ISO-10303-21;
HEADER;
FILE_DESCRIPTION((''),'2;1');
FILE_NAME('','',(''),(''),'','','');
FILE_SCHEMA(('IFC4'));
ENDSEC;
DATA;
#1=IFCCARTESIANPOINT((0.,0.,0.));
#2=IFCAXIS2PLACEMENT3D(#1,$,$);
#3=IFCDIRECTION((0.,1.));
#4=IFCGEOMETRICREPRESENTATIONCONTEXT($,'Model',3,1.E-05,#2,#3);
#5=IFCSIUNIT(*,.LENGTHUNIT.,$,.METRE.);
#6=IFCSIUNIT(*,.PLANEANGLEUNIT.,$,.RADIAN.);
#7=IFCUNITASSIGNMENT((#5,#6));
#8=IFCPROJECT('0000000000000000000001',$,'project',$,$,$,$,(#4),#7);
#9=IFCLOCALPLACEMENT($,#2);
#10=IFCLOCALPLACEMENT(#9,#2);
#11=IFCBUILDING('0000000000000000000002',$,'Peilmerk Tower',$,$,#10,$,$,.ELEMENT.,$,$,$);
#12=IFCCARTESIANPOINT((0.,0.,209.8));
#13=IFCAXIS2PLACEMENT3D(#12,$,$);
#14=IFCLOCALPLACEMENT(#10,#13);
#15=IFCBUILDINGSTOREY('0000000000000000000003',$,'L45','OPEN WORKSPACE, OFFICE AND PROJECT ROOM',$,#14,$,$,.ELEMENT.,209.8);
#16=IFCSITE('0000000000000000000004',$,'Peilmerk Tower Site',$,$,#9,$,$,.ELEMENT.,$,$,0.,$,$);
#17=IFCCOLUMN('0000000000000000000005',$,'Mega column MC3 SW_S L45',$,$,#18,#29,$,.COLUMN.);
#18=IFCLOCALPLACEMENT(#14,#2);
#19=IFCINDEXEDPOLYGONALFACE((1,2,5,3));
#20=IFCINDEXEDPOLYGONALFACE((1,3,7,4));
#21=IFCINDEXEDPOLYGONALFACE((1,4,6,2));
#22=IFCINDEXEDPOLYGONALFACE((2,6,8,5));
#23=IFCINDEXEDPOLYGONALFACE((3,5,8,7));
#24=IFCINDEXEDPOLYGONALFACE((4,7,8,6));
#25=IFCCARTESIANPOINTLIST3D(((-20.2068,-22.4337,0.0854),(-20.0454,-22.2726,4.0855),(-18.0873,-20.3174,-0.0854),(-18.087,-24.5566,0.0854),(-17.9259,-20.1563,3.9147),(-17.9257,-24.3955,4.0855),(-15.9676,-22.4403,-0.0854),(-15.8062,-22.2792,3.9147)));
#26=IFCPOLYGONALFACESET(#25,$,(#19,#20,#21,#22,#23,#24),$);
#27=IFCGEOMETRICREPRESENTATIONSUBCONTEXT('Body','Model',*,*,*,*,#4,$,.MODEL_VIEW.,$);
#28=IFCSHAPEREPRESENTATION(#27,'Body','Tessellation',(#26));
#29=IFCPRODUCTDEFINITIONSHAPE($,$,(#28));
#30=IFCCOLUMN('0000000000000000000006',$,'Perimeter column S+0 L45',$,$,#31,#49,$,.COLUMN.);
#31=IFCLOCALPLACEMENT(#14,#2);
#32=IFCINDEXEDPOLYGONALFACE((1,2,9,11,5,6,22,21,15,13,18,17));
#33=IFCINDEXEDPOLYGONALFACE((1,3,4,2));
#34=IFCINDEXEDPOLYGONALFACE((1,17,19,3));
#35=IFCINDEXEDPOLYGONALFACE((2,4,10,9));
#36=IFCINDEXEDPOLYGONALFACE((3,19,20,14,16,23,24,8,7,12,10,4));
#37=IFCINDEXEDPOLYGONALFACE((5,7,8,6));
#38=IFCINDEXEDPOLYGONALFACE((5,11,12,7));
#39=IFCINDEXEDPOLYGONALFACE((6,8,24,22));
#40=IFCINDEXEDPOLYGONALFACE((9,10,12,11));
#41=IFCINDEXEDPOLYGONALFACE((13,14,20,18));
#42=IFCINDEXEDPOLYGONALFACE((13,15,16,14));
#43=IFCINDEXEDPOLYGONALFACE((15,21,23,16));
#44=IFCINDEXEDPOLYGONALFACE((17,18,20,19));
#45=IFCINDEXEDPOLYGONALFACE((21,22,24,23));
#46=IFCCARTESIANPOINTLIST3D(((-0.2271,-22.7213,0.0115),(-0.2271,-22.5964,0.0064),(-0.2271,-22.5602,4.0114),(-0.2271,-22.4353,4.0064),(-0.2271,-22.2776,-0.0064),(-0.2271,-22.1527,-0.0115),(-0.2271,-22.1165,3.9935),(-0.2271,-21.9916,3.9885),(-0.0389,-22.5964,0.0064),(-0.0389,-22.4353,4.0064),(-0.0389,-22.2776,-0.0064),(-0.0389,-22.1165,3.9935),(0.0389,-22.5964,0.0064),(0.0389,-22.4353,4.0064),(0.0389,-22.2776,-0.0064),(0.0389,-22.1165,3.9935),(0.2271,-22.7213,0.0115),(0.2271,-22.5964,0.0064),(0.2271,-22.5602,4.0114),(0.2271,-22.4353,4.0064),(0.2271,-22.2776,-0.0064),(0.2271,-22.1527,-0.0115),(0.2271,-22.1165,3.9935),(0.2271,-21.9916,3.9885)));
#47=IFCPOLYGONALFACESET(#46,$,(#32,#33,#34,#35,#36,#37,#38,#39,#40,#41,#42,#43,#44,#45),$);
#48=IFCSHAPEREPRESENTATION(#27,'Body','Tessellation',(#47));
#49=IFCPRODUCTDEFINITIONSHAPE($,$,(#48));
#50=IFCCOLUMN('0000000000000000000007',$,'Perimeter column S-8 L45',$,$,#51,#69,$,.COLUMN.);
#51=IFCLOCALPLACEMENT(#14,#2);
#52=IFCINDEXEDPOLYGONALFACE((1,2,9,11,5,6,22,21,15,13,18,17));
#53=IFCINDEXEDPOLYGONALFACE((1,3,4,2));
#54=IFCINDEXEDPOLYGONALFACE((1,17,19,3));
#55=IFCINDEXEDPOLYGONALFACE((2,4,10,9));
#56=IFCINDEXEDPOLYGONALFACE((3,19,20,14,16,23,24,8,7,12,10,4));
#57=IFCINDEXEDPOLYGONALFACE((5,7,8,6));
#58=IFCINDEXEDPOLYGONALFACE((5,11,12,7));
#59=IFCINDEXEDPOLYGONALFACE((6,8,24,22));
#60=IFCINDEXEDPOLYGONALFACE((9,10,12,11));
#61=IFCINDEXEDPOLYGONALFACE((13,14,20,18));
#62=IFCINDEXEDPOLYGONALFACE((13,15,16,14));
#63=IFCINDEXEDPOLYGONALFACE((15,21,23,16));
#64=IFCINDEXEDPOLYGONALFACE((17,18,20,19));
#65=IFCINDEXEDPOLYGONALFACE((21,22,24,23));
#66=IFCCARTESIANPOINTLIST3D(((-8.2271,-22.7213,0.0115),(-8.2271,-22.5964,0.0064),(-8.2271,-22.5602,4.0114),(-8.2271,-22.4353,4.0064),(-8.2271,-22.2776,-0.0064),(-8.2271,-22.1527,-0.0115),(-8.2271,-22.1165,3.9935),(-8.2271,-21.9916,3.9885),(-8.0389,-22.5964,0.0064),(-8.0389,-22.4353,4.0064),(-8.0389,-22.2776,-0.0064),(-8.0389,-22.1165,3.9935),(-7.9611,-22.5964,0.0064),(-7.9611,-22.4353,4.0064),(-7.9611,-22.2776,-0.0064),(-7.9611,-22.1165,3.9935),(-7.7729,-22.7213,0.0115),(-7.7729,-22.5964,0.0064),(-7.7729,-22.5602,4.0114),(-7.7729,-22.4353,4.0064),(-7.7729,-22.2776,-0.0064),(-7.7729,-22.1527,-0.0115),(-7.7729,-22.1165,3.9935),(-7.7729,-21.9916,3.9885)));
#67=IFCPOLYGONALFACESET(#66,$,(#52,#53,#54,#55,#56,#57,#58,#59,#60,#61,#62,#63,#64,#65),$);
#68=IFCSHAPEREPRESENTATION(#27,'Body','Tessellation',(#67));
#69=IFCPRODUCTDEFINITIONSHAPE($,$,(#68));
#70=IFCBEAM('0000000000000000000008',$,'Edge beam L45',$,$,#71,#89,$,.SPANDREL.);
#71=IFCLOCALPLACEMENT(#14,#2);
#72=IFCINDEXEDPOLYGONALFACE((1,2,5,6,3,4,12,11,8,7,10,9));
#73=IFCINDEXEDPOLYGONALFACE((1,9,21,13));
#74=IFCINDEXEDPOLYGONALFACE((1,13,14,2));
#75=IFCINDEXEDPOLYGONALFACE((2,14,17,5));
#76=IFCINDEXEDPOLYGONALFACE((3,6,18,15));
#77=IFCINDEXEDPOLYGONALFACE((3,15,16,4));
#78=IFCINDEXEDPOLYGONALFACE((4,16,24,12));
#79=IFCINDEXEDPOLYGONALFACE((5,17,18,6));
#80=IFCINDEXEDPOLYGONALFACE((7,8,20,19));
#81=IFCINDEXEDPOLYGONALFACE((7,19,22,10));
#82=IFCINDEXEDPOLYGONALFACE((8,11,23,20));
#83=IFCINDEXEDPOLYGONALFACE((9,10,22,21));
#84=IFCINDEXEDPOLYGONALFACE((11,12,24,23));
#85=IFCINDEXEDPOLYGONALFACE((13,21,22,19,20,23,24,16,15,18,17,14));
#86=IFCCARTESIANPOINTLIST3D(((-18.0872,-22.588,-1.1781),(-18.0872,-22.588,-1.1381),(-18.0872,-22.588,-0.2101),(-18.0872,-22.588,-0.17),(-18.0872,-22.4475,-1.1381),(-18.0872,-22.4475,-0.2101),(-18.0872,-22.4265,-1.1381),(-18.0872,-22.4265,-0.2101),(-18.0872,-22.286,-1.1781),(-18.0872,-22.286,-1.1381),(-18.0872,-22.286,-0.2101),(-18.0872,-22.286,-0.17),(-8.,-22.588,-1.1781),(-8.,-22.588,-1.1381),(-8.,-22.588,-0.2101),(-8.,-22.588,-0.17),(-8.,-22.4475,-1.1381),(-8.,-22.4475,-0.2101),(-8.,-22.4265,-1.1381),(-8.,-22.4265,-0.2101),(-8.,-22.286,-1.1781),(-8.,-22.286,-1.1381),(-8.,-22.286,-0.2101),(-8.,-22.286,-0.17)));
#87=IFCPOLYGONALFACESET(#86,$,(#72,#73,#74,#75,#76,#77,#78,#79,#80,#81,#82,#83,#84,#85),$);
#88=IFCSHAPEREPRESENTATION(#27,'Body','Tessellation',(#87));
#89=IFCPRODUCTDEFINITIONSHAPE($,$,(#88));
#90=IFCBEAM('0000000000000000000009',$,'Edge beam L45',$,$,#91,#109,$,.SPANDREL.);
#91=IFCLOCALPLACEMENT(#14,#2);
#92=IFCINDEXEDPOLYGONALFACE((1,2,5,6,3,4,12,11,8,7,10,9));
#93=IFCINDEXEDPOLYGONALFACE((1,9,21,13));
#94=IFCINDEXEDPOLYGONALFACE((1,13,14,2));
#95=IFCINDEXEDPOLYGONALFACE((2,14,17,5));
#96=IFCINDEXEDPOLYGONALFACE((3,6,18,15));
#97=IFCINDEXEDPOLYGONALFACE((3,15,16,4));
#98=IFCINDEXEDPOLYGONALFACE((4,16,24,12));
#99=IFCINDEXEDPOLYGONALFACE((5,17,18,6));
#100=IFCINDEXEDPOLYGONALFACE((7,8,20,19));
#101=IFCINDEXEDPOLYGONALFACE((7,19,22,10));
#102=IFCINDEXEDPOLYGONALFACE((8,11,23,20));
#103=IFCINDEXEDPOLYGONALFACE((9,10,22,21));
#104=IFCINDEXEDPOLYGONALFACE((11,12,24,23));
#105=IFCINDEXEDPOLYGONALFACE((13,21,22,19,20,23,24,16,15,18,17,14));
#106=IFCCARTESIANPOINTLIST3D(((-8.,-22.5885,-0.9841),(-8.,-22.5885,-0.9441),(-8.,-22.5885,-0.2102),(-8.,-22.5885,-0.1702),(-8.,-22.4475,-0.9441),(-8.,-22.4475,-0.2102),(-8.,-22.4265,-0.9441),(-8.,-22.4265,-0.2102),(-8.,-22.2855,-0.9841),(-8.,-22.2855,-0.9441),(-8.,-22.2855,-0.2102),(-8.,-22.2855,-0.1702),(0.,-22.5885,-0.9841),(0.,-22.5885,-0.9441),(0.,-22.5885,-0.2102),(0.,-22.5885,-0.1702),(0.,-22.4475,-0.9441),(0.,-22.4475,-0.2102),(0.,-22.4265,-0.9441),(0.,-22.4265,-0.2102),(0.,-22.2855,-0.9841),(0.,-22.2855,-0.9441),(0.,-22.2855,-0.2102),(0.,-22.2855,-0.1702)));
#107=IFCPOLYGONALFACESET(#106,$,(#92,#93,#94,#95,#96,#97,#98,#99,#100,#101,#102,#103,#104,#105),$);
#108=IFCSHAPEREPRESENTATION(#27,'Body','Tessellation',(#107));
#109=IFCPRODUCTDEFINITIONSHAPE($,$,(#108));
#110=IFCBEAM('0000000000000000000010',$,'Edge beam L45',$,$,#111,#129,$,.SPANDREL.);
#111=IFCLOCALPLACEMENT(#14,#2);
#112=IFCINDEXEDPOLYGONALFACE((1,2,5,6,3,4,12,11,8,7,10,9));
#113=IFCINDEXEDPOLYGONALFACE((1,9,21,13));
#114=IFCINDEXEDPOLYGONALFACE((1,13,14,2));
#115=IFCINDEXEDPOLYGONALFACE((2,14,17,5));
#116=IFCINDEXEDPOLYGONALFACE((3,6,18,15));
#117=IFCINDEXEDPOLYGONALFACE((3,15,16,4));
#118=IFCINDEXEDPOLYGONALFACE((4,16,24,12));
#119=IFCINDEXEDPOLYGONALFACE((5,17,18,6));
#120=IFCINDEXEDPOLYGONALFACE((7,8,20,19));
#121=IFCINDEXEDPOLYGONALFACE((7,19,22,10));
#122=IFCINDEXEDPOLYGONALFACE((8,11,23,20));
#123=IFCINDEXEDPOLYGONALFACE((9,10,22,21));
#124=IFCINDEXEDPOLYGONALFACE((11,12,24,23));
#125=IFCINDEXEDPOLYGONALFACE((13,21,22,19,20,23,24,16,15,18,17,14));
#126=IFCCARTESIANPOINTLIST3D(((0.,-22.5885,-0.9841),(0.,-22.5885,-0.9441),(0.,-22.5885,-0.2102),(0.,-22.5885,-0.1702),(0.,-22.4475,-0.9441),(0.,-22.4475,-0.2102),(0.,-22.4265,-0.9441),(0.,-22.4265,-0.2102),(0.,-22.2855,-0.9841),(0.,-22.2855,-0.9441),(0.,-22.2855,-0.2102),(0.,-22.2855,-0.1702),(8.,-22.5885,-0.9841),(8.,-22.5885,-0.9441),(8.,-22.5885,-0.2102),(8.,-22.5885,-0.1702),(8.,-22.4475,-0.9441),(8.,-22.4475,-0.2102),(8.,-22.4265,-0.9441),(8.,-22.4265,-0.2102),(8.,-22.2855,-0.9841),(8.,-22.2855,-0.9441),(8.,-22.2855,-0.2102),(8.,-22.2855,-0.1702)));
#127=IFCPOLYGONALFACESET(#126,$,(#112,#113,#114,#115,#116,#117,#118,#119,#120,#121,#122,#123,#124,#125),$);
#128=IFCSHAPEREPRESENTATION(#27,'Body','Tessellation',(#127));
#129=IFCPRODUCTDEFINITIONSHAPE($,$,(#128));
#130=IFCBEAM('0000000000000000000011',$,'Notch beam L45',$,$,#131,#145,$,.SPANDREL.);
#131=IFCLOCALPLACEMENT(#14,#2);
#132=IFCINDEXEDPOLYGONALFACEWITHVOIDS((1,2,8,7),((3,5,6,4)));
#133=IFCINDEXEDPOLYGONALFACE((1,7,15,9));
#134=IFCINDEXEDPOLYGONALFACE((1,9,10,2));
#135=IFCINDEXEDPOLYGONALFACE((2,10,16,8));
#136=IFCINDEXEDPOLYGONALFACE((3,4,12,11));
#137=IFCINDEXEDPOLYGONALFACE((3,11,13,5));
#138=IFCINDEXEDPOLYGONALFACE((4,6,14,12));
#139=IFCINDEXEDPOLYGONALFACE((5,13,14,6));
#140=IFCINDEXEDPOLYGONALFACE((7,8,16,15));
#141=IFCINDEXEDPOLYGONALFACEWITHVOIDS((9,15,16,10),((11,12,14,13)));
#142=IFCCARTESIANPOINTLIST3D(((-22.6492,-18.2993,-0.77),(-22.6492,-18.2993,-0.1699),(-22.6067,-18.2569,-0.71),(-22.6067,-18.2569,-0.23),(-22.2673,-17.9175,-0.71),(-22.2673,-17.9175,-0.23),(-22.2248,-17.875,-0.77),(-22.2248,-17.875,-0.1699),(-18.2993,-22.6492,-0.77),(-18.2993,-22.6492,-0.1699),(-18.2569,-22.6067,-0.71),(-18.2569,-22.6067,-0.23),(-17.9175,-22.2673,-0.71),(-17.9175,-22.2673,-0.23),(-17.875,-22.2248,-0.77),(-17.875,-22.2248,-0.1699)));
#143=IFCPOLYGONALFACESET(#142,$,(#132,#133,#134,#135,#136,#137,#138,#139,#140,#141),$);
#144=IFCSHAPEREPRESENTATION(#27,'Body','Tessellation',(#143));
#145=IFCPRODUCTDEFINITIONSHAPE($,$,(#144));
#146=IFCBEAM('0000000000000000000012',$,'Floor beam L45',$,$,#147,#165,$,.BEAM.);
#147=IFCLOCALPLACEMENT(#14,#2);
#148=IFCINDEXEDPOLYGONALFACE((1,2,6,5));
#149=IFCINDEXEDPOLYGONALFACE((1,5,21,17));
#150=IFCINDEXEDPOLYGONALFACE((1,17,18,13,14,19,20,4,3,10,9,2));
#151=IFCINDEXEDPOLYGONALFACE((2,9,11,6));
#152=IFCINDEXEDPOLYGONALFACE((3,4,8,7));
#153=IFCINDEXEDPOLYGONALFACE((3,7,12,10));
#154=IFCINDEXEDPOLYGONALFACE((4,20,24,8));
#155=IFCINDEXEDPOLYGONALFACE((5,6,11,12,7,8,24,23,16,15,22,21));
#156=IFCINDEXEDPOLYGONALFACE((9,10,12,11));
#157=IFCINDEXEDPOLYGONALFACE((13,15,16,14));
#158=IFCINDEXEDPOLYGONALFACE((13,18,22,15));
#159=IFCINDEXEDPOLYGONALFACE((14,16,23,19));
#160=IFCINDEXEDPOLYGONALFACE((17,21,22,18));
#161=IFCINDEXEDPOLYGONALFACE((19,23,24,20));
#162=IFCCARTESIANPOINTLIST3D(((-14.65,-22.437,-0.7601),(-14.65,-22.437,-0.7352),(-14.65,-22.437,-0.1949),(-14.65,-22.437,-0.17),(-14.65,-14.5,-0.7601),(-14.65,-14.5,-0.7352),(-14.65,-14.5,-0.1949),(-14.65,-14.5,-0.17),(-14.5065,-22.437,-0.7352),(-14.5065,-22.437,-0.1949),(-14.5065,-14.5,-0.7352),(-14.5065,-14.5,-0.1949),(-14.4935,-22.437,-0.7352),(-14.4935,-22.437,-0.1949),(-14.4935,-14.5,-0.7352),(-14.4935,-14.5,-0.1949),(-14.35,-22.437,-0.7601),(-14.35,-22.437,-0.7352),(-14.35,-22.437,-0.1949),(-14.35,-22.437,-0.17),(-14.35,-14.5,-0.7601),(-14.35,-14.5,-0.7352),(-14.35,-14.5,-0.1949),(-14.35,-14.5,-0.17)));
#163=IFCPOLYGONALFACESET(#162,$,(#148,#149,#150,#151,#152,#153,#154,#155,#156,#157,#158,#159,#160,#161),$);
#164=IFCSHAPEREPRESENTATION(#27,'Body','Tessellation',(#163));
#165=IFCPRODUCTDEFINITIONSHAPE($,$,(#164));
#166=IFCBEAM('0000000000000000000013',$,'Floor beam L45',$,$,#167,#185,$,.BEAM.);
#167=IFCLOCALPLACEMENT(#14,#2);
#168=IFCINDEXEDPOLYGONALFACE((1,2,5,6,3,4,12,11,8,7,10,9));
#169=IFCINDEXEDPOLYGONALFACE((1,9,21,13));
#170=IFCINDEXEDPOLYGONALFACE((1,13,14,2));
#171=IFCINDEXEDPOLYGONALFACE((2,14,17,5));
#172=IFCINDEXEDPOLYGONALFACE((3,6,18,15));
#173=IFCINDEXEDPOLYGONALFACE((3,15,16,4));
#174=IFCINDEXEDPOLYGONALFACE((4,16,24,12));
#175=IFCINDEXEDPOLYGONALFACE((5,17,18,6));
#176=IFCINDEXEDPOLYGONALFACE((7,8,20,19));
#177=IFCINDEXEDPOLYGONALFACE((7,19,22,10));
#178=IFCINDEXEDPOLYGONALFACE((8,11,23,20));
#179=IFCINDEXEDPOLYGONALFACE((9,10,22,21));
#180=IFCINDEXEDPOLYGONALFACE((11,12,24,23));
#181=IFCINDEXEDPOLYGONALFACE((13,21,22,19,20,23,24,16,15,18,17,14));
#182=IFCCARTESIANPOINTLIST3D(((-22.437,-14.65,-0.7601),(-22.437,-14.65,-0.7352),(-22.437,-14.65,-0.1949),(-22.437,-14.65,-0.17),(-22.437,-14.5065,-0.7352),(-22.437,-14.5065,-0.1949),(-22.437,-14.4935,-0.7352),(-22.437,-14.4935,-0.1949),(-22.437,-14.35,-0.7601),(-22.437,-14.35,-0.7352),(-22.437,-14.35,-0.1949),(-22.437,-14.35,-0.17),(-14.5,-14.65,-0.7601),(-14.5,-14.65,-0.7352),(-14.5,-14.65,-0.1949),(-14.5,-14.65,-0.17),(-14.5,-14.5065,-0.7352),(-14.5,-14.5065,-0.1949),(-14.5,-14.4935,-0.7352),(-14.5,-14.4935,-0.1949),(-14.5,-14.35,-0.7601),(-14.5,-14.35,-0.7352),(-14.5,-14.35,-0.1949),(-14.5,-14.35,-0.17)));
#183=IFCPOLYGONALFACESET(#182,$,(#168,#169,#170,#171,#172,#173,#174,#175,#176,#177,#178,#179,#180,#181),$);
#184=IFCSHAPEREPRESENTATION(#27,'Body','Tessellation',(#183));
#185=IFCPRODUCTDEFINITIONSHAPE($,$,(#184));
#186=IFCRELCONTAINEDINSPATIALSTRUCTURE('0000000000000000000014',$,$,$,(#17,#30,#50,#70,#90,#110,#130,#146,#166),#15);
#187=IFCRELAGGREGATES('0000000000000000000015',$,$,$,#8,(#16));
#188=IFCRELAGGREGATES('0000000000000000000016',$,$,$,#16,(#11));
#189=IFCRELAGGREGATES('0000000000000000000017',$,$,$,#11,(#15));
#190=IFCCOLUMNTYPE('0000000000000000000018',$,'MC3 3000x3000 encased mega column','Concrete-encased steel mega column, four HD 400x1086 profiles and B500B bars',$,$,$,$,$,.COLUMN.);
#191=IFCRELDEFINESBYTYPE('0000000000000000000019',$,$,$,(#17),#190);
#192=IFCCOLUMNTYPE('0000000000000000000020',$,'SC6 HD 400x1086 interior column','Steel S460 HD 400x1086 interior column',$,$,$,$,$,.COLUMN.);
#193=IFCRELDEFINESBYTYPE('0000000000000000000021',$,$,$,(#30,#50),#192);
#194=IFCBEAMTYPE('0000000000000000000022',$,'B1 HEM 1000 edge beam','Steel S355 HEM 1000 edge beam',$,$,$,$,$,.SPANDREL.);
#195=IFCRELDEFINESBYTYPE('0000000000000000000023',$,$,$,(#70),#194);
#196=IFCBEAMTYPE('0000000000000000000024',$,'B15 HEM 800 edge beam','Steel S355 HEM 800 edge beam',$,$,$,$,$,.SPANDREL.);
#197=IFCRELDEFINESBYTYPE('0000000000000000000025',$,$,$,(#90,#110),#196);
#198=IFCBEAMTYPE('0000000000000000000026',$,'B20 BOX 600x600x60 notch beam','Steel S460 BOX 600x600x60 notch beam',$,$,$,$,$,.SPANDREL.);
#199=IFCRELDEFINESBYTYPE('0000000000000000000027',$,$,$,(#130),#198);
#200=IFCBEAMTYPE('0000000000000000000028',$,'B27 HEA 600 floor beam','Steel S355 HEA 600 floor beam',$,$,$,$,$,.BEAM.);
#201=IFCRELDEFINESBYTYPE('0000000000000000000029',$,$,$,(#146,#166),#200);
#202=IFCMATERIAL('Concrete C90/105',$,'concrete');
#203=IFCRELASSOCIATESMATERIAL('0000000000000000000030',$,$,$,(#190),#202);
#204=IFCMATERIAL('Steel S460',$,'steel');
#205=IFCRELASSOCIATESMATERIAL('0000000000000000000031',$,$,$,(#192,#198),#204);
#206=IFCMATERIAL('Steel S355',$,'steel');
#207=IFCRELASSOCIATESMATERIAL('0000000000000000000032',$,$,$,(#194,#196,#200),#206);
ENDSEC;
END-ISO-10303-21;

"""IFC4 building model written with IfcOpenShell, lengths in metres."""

from ifc_helpers import new_model, si_unit, direction, frame, origin, origin_2d, place, context, subcontext, project, spatial, rectangle, hollow_rectangle, i_section, extrude, material, material_profile, profile_set, type_object, element, save


model = new_model("IFC4")

# Units and contexts
model_context = context("Model", 3, precision=1e-05, world=origin(), true_north=direction((0.0, 1.0)))
body_context = subcontext(model_context, "Body", "Model", "MODEL_VIEW")
ifc_project = project(units=[si_unit("LENGTHUNIT", "METRE"), si_unit("PLANEANGLEUNIT", "RADIAN")], contexts=[model_context])

# Site, building, storey
site_placement = place(None, origin())
site = spatial("IfcSite", under=ifc_project, at=site_placement, Name="Peilmerk Tower Site", CompositionType="ELEMENT", RefElevation=0.0)
building_placement = place(site_placement, origin())
building = spatial("IfcBuilding", under=site, at=building_placement, Name="Peilmerk Tower", CompositionType="ELEMENT")
storey_placement = place(building_placement, frame((0.0, 0.0, 209.8)))
storey = spatial("IfcBuildingStorey", under=building, at=storey_placement, Name="L45", Description="OPEN WORKSPACE, OFFICE AND PROJECT ROOM", CompositionType="ELEMENT", Elevation=209.8)

# Columns
ifc_material_1 = material(Name="Concrete C90/105", Category="concrete")
ifc_material_profile_1 = material_profile(ifc_material_1, rectangle(XDim=3.0, YDim=3.0, at=origin_2d()), Name="RC 3000x3000")
ifc_profile_set_1 = profile_set([ifc_material_profile_1], Name="Concrete C90/105")
column_type_1 = type_object("IfcColumnType", Name="MC3 3000x3000 encased mega column", Description="Concrete-encased steel mega column, four HD 400x1086 profiles and B500B bars", PredefinedType="COLUMN", material=ifc_profile_set_1)
column_placement = place(storey_placement, frame((-18.0872, -22.437, 0.0), z_axis=(0.040279, 0.040218, 0.998379), x_axis=(-0.706571, 0.707642, 0.0)))
element("IfcColumn", 1, at=column_placement, inside=storey, type_object=column_type_1, Name="Mega column MC3 SW_S L45", PredefinedType="COLUMN", context=body_context, shape_type="SweptSolid", body=[
    extrude(rectangle(XDim=3.0, YDim=3.0, at=origin_2d()), origin(), (0.0, 0.0, 1.0), 4.0066),
])
ifc_material_2 = material(Name="Steel S460", Category="steel")
ifc_material_profile_2 = material_profile(ifc_material_2, i_section(OverallWidth=0.4541, OverallDepth=0.5691, WebThickness=0.0779, FlangeThickness=0.125, at=origin_2d()), Name="HD 400x1086")
ifc_profile_set_2 = profile_set([ifc_material_profile_2], Name="Steel S460")
column_type_2 = type_object("IfcColumnType", Name="SC6 HD 400x1086 interior column", Description="Steel S460 HD 400x1086 interior column", PredefinedType="COLUMN", material=ifc_profile_set_2)
for number, where, z_axis, x_axis, name in (
    (2, (0.0, -22.437, 0.0), (0.0, 0.040251, 0.99919), (-1.0, 0.0, 0.0), "Perimeter column S+0 L45"),
    (3, (-8.0, -22.437, 0.0), (0.0, 0.040251, 0.99919), (-1.0, 0.0, 0.0), "Perimeter column S-8 L45"),
):
    element("IfcColumn", number, at=place(storey_placement, frame(where, z_axis=z_axis, x_axis=x_axis)), inside=storey, type_object=column_type_2, Name=name, PredefinedType="COLUMN", context=body_context, shape_type="SweptSolid", body=[
        extrude(i_section(OverallWidth=0.4541, OverallDepth=0.5691, WebThickness=0.0779, FlangeThickness=0.125, at=origin_2d()), origin(), (0.0, 0.0, 1.0), 4.0032),
    ])

# Beams
ifc_material_3 = material(Name="Steel S355", Category="steel")
ifc_material_profile_3 = material_profile(ifc_material_3, i_section(OverallWidth=0.302, OverallDepth=1.0081, WebThickness=0.021, FlangeThickness=0.04, at=origin_2d()), Name="HEM 1000")
ifc_profile_set_3 = profile_set([ifc_material_profile_3], Name="Steel S355")
beam_type_1 = type_object("IfcBeamType", Name="B1 HEM 1000 edge beam", Description="Steel S355 HEM 1000 edge beam", PredefinedType="SPANDREL", material=ifc_profile_set_3)
beam_1_placement = place(storey_placement, frame((-18.0872, -22.437, -0.6741), z_axis=(1.0, 0.0, 0.0), x_axis=(0.0, 1.0, 0.0)))
element("IfcBeam", 4, at=beam_1_placement, inside=storey, type_object=beam_type_1, Name="Edge beam L45", PredefinedType="SPANDREL", context=body_context, shape_type="SweptSolid", body=[
    extrude(i_section(OverallWidth=0.302, OverallDepth=1.0081, WebThickness=0.021, FlangeThickness=0.04, at=origin_2d()), origin(), (0.0, 0.0, 1.0), 10.0872),
])
ifc_material_profile_4 = material_profile(ifc_material_3, i_section(OverallWidth=0.303, OverallDepth=0.814, WebThickness=0.021, FlangeThickness=0.04, at=origin_2d()), Name="HEM 800")
ifc_profile_set_4 = profile_set([ifc_material_profile_4], Name="Steel S355")
beam_type_2 = type_object("IfcBeamType", Name="B15 HEM 800 edge beam", Description="Steel S355 HEM 800 edge beam", PredefinedType="SPANDREL", material=ifc_profile_set_4)
for number, where, z_axis, x_axis, name in (
    (5, (-8.0, -22.437, -0.5771), (1.0, 0.0, 0.0), (0.0, 1.0, 0.0), "Edge beam L45"),
    (6, (0.0, -22.437, -0.5771), (1.0, 0.0, 0.0), (0.0, 1.0, 0.0), "Edge beam L45"),
):
    element("IfcBeam", number, at=place(storey_placement, frame(where, z_axis=z_axis, x_axis=x_axis)), inside=storey, type_object=beam_type_2, Name=name, PredefinedType="SPANDREL", context=body_context, shape_type="SweptSolid", body=[
        extrude(i_section(OverallWidth=0.303, OverallDepth=0.814, WebThickness=0.021, FlangeThickness=0.04, at=origin_2d()), origin(), (0.0, 0.0, 1.0), 8.0),
    ])
ifc_material_profile_5 = material_profile(ifc_material_2, hollow_rectangle(XDim=0.6001, YDim=0.6001, WallThickness=0.0601, at=origin_2d()), Name="BOX 600x600x60")
ifc_profile_set_5 = profile_set([ifc_material_profile_5], Name="Steel S460")
beam_type_3 = type_object("IfcBeamType", Name="B20 BOX 600x600x60 notch beam", Description="Steel S460 BOX 600x600x60 notch beam", PredefinedType="SPANDREL", material=ifc_profile_set_5)
beam_2_placement = place(storey_placement, frame((-18.0872, -22.437, -0.47), z_axis=(-0.707107, 0.707107, 0.0), x_axis=(-0.707107, -0.707107, 0.0)))
element("IfcBeam", 7, at=beam_2_placement, inside=storey, type_object=beam_type_3, Name="Notch beam L45", PredefinedType="SPANDREL", context=body_context, shape_type="SweptSolid", body=[
    extrude(hollow_rectangle(XDim=0.6001, YDim=0.6001, WallThickness=0.0601, at=origin_2d()), origin(), (0.0, 0.0, 1.0), 6.1516),
])
ifc_material_profile_6 = material_profile(ifc_material_3, i_section(OverallWidth=0.3, OverallDepth=0.5901, WebThickness=0.0129, FlangeThickness=0.0249, at=origin_2d()), Name="HEA 600")
ifc_profile_set_6 = profile_set([ifc_material_profile_6], Name="Steel S355")
beam_type_4 = type_object("IfcBeamType", Name="B27 HEA 600 floor beam", Description="Steel S355 HEA 600 floor beam", PredefinedType="BEAM", material=ifc_profile_set_6)
for number, where, z_axis, x_axis, name in (
    (8, (-14.5, -14.5, -0.4651), (0.0, -1.0, 0.0), (1.0, 0.0, 0.0), "Floor beam L45"),
    (9, (-14.5, -14.5, -0.4651), (-1.0, 0.0, 0.0), (0.0, -1.0, 0.0), "Floor beam L45"),
):
    element("IfcBeam", number, at=place(storey_placement, frame(where, z_axis=z_axis, x_axis=x_axis)), inside=storey, type_object=beam_type_4, Name=name, PredefinedType="BEAM", context=body_context, shape_type="SweptSolid", body=[
        extrude(i_section(OverallWidth=0.3, OverallDepth=0.5901, WebThickness=0.0129, FlangeThickness=0.0249, at=origin_2d()), origin(), (0.0, 0.0, 1.0), 7.937),
    ])

save(model, "model.ifc")
